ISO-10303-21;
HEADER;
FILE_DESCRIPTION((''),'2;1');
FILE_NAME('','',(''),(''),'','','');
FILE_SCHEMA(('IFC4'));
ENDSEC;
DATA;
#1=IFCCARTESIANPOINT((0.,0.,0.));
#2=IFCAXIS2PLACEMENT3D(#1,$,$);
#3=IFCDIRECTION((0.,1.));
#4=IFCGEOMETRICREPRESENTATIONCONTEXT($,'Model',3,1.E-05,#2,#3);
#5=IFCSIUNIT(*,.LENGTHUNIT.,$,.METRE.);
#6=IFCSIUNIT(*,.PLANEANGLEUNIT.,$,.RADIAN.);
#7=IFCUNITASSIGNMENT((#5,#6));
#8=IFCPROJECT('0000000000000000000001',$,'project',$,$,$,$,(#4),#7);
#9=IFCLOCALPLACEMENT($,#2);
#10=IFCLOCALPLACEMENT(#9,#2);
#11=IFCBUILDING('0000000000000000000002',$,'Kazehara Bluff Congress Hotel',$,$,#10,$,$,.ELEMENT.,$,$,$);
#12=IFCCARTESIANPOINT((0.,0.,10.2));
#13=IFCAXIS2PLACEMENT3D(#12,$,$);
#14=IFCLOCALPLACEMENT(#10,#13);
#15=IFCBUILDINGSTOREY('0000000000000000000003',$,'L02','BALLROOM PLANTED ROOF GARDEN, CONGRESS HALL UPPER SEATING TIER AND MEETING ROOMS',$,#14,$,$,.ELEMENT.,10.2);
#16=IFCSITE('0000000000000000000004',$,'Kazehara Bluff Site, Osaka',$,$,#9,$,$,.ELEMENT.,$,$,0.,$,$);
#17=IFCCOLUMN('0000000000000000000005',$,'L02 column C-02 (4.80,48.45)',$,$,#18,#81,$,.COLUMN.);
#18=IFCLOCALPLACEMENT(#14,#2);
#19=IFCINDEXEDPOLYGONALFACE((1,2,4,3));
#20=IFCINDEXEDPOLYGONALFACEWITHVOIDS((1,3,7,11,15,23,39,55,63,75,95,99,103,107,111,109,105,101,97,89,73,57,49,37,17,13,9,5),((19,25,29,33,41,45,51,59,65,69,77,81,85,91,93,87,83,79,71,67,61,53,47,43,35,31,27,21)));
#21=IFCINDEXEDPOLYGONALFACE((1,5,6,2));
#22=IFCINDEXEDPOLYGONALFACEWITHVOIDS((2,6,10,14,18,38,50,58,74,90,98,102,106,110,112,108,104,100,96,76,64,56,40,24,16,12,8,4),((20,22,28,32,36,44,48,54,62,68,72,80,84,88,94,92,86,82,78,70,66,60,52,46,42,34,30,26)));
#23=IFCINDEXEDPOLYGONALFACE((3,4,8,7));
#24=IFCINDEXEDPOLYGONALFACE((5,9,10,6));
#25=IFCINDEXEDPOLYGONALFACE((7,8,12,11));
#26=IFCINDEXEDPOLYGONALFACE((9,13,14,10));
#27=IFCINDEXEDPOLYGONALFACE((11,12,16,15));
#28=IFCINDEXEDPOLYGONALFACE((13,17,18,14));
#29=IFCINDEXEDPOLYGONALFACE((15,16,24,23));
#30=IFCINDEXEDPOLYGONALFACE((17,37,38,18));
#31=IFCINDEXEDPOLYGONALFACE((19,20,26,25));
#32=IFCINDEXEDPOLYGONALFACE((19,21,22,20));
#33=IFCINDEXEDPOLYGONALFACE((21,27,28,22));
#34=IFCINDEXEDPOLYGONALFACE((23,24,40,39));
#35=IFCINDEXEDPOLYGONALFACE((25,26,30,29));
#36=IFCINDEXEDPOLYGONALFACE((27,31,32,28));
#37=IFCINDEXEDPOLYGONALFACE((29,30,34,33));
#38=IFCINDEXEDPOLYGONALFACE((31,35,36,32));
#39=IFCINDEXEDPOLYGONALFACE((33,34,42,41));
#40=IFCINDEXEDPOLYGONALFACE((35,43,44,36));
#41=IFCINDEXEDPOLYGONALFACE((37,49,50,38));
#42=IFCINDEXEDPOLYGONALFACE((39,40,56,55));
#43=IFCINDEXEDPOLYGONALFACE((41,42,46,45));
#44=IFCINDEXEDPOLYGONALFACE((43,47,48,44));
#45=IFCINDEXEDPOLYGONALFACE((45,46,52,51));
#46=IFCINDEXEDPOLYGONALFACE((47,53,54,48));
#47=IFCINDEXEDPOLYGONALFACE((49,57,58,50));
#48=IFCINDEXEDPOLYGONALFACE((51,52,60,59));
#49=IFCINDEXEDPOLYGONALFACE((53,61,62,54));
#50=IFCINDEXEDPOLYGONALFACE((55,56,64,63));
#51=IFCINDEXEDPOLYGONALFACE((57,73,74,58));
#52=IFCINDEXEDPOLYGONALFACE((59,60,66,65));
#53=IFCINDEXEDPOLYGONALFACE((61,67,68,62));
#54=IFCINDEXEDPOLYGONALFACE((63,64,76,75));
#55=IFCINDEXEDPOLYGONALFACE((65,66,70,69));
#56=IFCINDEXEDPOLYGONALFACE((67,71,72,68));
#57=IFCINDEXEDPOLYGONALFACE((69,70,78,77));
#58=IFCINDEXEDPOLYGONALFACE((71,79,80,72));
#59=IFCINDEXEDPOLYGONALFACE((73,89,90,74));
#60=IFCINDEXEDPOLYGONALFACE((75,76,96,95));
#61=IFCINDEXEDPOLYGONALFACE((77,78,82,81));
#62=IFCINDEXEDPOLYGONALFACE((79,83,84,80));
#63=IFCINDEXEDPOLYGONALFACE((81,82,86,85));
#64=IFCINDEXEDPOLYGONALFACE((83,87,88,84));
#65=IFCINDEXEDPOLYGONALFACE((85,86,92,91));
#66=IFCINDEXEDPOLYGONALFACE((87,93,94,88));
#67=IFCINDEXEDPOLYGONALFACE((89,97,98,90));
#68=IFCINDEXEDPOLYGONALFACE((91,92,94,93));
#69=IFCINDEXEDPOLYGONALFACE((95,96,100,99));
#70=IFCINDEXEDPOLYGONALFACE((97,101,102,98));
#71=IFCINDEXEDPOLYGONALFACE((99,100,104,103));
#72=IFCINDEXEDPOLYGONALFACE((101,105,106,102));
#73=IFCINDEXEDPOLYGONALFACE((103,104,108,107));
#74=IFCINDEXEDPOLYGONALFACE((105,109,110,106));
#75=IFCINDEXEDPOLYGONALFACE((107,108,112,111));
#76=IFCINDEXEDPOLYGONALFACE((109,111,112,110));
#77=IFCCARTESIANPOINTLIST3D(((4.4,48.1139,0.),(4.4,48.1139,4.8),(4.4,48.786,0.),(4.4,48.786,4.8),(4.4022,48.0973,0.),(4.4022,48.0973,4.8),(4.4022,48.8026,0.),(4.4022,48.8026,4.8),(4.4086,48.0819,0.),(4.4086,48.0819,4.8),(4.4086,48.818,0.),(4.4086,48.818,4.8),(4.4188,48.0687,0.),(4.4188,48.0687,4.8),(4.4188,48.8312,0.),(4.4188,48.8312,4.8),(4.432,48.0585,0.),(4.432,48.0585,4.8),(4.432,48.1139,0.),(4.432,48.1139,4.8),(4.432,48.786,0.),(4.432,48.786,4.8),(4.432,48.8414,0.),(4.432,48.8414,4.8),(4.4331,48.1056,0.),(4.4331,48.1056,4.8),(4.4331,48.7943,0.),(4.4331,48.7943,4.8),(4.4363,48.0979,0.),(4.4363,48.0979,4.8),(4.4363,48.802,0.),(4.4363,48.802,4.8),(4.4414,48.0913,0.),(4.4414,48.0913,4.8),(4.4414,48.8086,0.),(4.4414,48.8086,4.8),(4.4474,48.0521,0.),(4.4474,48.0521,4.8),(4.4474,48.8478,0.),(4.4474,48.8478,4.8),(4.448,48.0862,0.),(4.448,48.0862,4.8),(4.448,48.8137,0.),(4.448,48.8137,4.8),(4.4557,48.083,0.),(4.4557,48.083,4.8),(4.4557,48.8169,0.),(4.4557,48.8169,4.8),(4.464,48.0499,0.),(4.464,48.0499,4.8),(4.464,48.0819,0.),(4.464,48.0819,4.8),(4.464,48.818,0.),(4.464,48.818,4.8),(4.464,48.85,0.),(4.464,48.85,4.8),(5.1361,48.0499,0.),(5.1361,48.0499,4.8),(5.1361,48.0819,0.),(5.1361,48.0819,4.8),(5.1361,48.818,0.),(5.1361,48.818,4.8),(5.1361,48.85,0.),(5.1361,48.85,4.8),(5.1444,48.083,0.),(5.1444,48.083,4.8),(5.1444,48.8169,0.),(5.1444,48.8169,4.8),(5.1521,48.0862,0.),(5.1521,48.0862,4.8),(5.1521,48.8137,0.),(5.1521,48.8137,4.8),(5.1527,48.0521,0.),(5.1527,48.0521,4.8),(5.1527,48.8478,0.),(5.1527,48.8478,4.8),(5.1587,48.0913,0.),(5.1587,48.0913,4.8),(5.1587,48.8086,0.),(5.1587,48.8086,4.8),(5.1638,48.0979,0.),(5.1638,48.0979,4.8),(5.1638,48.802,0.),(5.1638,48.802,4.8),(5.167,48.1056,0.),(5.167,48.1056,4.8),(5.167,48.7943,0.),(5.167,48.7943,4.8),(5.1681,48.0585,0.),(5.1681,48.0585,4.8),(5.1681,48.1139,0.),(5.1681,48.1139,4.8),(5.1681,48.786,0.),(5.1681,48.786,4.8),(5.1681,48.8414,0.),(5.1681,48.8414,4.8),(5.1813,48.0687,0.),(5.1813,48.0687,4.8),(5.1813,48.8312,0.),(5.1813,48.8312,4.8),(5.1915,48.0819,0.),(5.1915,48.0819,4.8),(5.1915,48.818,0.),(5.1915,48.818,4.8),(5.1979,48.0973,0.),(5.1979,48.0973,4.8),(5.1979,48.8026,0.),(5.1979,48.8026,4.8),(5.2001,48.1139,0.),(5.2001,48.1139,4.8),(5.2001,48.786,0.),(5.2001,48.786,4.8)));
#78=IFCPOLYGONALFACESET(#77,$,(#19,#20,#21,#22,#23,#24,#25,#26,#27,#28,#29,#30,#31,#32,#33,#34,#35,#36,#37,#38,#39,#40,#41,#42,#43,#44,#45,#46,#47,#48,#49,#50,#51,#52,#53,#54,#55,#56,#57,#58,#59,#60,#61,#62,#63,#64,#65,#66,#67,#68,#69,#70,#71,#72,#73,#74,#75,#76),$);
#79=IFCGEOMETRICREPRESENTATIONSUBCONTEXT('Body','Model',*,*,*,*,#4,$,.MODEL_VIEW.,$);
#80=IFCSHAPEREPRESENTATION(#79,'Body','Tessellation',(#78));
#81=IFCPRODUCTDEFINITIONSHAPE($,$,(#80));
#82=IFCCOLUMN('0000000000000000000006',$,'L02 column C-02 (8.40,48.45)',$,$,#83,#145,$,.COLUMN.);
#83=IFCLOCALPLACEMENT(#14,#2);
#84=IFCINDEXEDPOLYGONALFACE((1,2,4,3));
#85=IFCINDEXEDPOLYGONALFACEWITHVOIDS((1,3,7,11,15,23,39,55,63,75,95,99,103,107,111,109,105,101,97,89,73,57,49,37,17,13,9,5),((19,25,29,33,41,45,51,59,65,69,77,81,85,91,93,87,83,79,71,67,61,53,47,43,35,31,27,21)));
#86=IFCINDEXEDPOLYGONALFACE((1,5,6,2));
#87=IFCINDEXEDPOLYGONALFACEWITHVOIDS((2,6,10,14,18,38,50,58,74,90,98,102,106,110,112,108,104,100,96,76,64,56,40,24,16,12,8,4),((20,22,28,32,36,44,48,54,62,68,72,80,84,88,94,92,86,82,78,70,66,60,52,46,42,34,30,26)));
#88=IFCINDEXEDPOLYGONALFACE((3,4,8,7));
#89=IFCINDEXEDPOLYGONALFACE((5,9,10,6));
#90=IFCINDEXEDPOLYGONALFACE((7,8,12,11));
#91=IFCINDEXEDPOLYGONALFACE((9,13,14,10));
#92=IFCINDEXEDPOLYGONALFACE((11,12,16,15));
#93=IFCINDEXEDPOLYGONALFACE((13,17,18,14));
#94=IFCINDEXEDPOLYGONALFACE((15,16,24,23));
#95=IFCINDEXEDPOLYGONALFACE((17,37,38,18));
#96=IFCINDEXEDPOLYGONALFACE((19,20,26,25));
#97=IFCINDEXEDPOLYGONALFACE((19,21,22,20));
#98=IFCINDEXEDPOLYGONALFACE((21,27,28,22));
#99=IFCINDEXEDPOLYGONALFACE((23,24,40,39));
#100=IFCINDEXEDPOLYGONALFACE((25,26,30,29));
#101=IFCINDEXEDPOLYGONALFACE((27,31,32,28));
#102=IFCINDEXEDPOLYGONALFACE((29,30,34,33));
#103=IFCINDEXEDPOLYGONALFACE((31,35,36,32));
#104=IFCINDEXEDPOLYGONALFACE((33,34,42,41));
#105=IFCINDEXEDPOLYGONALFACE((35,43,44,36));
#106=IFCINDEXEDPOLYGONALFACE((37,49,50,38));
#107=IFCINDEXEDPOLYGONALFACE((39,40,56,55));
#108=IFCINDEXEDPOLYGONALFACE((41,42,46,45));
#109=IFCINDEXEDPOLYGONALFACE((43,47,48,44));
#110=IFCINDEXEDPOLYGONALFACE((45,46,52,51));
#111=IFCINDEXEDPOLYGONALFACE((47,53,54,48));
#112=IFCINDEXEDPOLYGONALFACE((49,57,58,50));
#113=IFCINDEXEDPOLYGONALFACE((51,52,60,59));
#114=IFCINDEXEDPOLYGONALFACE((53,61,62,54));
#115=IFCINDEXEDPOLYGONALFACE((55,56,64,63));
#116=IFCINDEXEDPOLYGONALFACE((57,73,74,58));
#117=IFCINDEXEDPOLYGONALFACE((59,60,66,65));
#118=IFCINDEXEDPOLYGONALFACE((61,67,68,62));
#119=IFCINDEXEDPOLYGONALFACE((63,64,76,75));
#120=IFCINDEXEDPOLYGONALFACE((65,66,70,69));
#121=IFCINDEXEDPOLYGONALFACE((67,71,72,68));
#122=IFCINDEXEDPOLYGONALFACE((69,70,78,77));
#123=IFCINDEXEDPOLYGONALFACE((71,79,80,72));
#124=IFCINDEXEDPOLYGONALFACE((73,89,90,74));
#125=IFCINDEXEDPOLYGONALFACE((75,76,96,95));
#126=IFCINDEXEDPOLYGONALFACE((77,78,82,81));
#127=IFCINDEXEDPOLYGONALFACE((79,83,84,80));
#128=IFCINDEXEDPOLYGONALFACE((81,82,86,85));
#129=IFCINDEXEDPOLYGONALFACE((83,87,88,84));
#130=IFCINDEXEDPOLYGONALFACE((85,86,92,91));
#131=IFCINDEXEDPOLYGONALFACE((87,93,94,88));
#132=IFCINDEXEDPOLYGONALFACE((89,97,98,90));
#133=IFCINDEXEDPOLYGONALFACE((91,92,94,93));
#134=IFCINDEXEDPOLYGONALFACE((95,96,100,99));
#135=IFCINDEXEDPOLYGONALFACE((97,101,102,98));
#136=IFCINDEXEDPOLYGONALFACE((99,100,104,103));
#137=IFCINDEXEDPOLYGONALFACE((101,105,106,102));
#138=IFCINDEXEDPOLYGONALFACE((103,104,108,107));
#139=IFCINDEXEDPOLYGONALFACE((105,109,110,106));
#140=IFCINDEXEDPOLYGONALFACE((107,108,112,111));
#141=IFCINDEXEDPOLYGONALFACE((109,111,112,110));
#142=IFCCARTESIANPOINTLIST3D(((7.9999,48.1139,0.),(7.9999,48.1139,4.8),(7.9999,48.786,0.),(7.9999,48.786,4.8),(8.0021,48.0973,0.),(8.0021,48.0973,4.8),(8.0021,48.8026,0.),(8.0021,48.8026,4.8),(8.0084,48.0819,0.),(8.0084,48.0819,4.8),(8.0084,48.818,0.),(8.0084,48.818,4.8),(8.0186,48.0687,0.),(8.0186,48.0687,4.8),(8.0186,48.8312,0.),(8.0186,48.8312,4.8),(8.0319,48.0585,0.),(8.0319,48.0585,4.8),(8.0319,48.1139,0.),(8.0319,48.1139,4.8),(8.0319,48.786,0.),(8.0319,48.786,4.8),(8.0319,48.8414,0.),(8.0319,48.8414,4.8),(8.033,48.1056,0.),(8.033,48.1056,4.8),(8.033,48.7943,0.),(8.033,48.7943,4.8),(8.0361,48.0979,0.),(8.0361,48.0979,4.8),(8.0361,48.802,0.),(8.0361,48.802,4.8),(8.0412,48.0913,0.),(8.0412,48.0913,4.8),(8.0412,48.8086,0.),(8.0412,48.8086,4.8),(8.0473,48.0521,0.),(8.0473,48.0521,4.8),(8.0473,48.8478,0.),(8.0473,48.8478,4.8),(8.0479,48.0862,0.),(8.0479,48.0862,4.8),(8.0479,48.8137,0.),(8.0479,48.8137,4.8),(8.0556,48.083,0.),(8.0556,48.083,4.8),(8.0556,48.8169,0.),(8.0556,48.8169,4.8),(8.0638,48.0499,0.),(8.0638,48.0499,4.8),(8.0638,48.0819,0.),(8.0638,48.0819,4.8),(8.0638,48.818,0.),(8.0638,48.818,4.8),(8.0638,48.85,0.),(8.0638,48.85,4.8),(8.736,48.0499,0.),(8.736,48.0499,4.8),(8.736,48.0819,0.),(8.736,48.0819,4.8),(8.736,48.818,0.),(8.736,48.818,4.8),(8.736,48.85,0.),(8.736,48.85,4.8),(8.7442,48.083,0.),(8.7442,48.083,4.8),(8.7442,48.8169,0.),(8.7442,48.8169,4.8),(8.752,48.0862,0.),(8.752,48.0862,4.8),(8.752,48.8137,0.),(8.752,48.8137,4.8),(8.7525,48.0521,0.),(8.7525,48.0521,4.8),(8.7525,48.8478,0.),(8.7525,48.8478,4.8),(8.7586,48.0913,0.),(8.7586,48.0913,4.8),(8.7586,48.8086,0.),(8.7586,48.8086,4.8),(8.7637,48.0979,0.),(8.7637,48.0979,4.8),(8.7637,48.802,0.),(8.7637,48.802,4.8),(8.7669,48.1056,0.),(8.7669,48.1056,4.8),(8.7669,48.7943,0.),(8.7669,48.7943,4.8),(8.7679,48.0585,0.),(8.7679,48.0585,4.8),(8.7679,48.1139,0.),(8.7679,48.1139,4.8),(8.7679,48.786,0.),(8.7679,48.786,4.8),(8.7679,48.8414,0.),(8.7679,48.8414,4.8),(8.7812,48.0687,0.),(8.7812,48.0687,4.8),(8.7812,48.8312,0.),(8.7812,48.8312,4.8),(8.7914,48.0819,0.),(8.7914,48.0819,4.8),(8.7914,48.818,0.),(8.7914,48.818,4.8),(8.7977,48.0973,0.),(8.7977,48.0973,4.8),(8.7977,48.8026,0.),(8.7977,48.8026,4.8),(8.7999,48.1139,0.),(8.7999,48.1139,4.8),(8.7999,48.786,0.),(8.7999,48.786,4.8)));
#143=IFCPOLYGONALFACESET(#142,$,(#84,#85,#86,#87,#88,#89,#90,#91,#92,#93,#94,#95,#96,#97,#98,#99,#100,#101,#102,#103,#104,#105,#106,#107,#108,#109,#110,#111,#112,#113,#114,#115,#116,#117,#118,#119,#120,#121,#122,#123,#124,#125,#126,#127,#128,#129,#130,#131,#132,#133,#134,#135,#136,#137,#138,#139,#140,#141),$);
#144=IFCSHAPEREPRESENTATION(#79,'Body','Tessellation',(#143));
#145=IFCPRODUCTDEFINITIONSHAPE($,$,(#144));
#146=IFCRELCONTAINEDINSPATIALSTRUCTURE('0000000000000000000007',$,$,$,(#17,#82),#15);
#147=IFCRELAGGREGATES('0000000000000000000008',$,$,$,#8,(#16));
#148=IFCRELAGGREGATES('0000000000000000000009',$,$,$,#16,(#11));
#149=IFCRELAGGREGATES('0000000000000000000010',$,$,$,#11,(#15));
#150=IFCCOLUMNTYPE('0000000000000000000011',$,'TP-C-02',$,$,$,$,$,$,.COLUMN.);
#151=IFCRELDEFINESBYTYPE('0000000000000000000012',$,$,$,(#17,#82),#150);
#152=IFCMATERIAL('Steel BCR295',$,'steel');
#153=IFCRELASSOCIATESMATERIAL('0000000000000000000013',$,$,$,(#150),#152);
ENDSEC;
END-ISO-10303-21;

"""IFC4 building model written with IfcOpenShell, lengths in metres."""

from ifc_helpers import new_model, si_unit, direction, frame, origin, origin_2d, place, context, subcontext, project, spatial, hollow_rectangle, extrude, material, material_profile, profile_set, type_object, element, save


model = new_model("IFC4")

# Units and contexts
model_context = context("Model", 3, precision=1e-05, world=origin(), true_north=direction((0.0, 1.0)))
body_context = subcontext(model_context, "Body", "Model", "MODEL_VIEW")
ifc_project = project(units=[si_unit("LENGTHUNIT", "METRE"), si_unit("PLANEANGLEUNIT", "RADIAN")], contexts=[model_context])

# Site, building, storey
site_placement = place(None, origin())
site = spatial("IfcSite", under=ifc_project, at=site_placement, Name="Kazehara Bluff Site, Osaka", CompositionType="ELEMENT", RefElevation=0.0)
building_placement = place(site_placement, origin())
building = spatial("IfcBuilding", under=site, at=building_placement, Name="Kazehara Bluff Congress Hotel", CompositionType="ELEMENT")
storey_placement = place(building_placement, frame((0.0, 0.0, 10.2)))
storey = spatial("IfcBuildingStorey", under=building, at=storey_placement, Name="L02", Description="BALLROOM PLANTED ROOF GARDEN, CONGRESS HALL UPPER SEATING TIER AND MEETING ROOMS", CompositionType="ELEMENT", Elevation=10.2)

# Columns
ifc_material_1 = material(Name="Steel BCR295", Category="steel")
ifc_material_profile_1 = material_profile(ifc_material_1, hollow_rectangle(XDim=0.8, YDim=0.8, WallThickness=0.032, InnerFilletRadius=0.032, OuterFilletRadius=0.064, at=origin_2d()))
ifc_profile_set_1 = profile_set([ifc_material_profile_1], Name="Steel BCR295")
column_type = type_object("IfcColumnType", Name="TP-C-02", PredefinedType="COLUMN", material=ifc_profile_set_1)
for number, where, z_axis, x_axis, name in (
    (1, (4.8, 48.45, 0.0), (0.0, 0.0, 1.0), (1.0, 0.0, 0.0), "L02 column C-02 (4.80,48.45)"),
    (2, (8.3999, 48.45, 0.0), (0.0, 0.0, 1.0), (1.0, 0.0, 0.0), "L02 column C-02 (8.40,48.45)"),
):
    element("IfcColumn", number, at=place(storey_placement, frame(where, z_axis=z_axis, x_axis=x_axis)), inside=storey, type_object=column_type, Name=name, PredefinedType="COLUMN", context=body_context, shape_type="SweptSolid", body=[
        extrude(hollow_rectangle(XDim=0.8, YDim=0.8, WallThickness=0.032, InnerFilletRadius=0.032, OuterFilletRadius=0.064, at=origin_2d()), origin(), (0.0, 0.0, 1.0), 4.8),
    ])

save(model, "model.ifc")
